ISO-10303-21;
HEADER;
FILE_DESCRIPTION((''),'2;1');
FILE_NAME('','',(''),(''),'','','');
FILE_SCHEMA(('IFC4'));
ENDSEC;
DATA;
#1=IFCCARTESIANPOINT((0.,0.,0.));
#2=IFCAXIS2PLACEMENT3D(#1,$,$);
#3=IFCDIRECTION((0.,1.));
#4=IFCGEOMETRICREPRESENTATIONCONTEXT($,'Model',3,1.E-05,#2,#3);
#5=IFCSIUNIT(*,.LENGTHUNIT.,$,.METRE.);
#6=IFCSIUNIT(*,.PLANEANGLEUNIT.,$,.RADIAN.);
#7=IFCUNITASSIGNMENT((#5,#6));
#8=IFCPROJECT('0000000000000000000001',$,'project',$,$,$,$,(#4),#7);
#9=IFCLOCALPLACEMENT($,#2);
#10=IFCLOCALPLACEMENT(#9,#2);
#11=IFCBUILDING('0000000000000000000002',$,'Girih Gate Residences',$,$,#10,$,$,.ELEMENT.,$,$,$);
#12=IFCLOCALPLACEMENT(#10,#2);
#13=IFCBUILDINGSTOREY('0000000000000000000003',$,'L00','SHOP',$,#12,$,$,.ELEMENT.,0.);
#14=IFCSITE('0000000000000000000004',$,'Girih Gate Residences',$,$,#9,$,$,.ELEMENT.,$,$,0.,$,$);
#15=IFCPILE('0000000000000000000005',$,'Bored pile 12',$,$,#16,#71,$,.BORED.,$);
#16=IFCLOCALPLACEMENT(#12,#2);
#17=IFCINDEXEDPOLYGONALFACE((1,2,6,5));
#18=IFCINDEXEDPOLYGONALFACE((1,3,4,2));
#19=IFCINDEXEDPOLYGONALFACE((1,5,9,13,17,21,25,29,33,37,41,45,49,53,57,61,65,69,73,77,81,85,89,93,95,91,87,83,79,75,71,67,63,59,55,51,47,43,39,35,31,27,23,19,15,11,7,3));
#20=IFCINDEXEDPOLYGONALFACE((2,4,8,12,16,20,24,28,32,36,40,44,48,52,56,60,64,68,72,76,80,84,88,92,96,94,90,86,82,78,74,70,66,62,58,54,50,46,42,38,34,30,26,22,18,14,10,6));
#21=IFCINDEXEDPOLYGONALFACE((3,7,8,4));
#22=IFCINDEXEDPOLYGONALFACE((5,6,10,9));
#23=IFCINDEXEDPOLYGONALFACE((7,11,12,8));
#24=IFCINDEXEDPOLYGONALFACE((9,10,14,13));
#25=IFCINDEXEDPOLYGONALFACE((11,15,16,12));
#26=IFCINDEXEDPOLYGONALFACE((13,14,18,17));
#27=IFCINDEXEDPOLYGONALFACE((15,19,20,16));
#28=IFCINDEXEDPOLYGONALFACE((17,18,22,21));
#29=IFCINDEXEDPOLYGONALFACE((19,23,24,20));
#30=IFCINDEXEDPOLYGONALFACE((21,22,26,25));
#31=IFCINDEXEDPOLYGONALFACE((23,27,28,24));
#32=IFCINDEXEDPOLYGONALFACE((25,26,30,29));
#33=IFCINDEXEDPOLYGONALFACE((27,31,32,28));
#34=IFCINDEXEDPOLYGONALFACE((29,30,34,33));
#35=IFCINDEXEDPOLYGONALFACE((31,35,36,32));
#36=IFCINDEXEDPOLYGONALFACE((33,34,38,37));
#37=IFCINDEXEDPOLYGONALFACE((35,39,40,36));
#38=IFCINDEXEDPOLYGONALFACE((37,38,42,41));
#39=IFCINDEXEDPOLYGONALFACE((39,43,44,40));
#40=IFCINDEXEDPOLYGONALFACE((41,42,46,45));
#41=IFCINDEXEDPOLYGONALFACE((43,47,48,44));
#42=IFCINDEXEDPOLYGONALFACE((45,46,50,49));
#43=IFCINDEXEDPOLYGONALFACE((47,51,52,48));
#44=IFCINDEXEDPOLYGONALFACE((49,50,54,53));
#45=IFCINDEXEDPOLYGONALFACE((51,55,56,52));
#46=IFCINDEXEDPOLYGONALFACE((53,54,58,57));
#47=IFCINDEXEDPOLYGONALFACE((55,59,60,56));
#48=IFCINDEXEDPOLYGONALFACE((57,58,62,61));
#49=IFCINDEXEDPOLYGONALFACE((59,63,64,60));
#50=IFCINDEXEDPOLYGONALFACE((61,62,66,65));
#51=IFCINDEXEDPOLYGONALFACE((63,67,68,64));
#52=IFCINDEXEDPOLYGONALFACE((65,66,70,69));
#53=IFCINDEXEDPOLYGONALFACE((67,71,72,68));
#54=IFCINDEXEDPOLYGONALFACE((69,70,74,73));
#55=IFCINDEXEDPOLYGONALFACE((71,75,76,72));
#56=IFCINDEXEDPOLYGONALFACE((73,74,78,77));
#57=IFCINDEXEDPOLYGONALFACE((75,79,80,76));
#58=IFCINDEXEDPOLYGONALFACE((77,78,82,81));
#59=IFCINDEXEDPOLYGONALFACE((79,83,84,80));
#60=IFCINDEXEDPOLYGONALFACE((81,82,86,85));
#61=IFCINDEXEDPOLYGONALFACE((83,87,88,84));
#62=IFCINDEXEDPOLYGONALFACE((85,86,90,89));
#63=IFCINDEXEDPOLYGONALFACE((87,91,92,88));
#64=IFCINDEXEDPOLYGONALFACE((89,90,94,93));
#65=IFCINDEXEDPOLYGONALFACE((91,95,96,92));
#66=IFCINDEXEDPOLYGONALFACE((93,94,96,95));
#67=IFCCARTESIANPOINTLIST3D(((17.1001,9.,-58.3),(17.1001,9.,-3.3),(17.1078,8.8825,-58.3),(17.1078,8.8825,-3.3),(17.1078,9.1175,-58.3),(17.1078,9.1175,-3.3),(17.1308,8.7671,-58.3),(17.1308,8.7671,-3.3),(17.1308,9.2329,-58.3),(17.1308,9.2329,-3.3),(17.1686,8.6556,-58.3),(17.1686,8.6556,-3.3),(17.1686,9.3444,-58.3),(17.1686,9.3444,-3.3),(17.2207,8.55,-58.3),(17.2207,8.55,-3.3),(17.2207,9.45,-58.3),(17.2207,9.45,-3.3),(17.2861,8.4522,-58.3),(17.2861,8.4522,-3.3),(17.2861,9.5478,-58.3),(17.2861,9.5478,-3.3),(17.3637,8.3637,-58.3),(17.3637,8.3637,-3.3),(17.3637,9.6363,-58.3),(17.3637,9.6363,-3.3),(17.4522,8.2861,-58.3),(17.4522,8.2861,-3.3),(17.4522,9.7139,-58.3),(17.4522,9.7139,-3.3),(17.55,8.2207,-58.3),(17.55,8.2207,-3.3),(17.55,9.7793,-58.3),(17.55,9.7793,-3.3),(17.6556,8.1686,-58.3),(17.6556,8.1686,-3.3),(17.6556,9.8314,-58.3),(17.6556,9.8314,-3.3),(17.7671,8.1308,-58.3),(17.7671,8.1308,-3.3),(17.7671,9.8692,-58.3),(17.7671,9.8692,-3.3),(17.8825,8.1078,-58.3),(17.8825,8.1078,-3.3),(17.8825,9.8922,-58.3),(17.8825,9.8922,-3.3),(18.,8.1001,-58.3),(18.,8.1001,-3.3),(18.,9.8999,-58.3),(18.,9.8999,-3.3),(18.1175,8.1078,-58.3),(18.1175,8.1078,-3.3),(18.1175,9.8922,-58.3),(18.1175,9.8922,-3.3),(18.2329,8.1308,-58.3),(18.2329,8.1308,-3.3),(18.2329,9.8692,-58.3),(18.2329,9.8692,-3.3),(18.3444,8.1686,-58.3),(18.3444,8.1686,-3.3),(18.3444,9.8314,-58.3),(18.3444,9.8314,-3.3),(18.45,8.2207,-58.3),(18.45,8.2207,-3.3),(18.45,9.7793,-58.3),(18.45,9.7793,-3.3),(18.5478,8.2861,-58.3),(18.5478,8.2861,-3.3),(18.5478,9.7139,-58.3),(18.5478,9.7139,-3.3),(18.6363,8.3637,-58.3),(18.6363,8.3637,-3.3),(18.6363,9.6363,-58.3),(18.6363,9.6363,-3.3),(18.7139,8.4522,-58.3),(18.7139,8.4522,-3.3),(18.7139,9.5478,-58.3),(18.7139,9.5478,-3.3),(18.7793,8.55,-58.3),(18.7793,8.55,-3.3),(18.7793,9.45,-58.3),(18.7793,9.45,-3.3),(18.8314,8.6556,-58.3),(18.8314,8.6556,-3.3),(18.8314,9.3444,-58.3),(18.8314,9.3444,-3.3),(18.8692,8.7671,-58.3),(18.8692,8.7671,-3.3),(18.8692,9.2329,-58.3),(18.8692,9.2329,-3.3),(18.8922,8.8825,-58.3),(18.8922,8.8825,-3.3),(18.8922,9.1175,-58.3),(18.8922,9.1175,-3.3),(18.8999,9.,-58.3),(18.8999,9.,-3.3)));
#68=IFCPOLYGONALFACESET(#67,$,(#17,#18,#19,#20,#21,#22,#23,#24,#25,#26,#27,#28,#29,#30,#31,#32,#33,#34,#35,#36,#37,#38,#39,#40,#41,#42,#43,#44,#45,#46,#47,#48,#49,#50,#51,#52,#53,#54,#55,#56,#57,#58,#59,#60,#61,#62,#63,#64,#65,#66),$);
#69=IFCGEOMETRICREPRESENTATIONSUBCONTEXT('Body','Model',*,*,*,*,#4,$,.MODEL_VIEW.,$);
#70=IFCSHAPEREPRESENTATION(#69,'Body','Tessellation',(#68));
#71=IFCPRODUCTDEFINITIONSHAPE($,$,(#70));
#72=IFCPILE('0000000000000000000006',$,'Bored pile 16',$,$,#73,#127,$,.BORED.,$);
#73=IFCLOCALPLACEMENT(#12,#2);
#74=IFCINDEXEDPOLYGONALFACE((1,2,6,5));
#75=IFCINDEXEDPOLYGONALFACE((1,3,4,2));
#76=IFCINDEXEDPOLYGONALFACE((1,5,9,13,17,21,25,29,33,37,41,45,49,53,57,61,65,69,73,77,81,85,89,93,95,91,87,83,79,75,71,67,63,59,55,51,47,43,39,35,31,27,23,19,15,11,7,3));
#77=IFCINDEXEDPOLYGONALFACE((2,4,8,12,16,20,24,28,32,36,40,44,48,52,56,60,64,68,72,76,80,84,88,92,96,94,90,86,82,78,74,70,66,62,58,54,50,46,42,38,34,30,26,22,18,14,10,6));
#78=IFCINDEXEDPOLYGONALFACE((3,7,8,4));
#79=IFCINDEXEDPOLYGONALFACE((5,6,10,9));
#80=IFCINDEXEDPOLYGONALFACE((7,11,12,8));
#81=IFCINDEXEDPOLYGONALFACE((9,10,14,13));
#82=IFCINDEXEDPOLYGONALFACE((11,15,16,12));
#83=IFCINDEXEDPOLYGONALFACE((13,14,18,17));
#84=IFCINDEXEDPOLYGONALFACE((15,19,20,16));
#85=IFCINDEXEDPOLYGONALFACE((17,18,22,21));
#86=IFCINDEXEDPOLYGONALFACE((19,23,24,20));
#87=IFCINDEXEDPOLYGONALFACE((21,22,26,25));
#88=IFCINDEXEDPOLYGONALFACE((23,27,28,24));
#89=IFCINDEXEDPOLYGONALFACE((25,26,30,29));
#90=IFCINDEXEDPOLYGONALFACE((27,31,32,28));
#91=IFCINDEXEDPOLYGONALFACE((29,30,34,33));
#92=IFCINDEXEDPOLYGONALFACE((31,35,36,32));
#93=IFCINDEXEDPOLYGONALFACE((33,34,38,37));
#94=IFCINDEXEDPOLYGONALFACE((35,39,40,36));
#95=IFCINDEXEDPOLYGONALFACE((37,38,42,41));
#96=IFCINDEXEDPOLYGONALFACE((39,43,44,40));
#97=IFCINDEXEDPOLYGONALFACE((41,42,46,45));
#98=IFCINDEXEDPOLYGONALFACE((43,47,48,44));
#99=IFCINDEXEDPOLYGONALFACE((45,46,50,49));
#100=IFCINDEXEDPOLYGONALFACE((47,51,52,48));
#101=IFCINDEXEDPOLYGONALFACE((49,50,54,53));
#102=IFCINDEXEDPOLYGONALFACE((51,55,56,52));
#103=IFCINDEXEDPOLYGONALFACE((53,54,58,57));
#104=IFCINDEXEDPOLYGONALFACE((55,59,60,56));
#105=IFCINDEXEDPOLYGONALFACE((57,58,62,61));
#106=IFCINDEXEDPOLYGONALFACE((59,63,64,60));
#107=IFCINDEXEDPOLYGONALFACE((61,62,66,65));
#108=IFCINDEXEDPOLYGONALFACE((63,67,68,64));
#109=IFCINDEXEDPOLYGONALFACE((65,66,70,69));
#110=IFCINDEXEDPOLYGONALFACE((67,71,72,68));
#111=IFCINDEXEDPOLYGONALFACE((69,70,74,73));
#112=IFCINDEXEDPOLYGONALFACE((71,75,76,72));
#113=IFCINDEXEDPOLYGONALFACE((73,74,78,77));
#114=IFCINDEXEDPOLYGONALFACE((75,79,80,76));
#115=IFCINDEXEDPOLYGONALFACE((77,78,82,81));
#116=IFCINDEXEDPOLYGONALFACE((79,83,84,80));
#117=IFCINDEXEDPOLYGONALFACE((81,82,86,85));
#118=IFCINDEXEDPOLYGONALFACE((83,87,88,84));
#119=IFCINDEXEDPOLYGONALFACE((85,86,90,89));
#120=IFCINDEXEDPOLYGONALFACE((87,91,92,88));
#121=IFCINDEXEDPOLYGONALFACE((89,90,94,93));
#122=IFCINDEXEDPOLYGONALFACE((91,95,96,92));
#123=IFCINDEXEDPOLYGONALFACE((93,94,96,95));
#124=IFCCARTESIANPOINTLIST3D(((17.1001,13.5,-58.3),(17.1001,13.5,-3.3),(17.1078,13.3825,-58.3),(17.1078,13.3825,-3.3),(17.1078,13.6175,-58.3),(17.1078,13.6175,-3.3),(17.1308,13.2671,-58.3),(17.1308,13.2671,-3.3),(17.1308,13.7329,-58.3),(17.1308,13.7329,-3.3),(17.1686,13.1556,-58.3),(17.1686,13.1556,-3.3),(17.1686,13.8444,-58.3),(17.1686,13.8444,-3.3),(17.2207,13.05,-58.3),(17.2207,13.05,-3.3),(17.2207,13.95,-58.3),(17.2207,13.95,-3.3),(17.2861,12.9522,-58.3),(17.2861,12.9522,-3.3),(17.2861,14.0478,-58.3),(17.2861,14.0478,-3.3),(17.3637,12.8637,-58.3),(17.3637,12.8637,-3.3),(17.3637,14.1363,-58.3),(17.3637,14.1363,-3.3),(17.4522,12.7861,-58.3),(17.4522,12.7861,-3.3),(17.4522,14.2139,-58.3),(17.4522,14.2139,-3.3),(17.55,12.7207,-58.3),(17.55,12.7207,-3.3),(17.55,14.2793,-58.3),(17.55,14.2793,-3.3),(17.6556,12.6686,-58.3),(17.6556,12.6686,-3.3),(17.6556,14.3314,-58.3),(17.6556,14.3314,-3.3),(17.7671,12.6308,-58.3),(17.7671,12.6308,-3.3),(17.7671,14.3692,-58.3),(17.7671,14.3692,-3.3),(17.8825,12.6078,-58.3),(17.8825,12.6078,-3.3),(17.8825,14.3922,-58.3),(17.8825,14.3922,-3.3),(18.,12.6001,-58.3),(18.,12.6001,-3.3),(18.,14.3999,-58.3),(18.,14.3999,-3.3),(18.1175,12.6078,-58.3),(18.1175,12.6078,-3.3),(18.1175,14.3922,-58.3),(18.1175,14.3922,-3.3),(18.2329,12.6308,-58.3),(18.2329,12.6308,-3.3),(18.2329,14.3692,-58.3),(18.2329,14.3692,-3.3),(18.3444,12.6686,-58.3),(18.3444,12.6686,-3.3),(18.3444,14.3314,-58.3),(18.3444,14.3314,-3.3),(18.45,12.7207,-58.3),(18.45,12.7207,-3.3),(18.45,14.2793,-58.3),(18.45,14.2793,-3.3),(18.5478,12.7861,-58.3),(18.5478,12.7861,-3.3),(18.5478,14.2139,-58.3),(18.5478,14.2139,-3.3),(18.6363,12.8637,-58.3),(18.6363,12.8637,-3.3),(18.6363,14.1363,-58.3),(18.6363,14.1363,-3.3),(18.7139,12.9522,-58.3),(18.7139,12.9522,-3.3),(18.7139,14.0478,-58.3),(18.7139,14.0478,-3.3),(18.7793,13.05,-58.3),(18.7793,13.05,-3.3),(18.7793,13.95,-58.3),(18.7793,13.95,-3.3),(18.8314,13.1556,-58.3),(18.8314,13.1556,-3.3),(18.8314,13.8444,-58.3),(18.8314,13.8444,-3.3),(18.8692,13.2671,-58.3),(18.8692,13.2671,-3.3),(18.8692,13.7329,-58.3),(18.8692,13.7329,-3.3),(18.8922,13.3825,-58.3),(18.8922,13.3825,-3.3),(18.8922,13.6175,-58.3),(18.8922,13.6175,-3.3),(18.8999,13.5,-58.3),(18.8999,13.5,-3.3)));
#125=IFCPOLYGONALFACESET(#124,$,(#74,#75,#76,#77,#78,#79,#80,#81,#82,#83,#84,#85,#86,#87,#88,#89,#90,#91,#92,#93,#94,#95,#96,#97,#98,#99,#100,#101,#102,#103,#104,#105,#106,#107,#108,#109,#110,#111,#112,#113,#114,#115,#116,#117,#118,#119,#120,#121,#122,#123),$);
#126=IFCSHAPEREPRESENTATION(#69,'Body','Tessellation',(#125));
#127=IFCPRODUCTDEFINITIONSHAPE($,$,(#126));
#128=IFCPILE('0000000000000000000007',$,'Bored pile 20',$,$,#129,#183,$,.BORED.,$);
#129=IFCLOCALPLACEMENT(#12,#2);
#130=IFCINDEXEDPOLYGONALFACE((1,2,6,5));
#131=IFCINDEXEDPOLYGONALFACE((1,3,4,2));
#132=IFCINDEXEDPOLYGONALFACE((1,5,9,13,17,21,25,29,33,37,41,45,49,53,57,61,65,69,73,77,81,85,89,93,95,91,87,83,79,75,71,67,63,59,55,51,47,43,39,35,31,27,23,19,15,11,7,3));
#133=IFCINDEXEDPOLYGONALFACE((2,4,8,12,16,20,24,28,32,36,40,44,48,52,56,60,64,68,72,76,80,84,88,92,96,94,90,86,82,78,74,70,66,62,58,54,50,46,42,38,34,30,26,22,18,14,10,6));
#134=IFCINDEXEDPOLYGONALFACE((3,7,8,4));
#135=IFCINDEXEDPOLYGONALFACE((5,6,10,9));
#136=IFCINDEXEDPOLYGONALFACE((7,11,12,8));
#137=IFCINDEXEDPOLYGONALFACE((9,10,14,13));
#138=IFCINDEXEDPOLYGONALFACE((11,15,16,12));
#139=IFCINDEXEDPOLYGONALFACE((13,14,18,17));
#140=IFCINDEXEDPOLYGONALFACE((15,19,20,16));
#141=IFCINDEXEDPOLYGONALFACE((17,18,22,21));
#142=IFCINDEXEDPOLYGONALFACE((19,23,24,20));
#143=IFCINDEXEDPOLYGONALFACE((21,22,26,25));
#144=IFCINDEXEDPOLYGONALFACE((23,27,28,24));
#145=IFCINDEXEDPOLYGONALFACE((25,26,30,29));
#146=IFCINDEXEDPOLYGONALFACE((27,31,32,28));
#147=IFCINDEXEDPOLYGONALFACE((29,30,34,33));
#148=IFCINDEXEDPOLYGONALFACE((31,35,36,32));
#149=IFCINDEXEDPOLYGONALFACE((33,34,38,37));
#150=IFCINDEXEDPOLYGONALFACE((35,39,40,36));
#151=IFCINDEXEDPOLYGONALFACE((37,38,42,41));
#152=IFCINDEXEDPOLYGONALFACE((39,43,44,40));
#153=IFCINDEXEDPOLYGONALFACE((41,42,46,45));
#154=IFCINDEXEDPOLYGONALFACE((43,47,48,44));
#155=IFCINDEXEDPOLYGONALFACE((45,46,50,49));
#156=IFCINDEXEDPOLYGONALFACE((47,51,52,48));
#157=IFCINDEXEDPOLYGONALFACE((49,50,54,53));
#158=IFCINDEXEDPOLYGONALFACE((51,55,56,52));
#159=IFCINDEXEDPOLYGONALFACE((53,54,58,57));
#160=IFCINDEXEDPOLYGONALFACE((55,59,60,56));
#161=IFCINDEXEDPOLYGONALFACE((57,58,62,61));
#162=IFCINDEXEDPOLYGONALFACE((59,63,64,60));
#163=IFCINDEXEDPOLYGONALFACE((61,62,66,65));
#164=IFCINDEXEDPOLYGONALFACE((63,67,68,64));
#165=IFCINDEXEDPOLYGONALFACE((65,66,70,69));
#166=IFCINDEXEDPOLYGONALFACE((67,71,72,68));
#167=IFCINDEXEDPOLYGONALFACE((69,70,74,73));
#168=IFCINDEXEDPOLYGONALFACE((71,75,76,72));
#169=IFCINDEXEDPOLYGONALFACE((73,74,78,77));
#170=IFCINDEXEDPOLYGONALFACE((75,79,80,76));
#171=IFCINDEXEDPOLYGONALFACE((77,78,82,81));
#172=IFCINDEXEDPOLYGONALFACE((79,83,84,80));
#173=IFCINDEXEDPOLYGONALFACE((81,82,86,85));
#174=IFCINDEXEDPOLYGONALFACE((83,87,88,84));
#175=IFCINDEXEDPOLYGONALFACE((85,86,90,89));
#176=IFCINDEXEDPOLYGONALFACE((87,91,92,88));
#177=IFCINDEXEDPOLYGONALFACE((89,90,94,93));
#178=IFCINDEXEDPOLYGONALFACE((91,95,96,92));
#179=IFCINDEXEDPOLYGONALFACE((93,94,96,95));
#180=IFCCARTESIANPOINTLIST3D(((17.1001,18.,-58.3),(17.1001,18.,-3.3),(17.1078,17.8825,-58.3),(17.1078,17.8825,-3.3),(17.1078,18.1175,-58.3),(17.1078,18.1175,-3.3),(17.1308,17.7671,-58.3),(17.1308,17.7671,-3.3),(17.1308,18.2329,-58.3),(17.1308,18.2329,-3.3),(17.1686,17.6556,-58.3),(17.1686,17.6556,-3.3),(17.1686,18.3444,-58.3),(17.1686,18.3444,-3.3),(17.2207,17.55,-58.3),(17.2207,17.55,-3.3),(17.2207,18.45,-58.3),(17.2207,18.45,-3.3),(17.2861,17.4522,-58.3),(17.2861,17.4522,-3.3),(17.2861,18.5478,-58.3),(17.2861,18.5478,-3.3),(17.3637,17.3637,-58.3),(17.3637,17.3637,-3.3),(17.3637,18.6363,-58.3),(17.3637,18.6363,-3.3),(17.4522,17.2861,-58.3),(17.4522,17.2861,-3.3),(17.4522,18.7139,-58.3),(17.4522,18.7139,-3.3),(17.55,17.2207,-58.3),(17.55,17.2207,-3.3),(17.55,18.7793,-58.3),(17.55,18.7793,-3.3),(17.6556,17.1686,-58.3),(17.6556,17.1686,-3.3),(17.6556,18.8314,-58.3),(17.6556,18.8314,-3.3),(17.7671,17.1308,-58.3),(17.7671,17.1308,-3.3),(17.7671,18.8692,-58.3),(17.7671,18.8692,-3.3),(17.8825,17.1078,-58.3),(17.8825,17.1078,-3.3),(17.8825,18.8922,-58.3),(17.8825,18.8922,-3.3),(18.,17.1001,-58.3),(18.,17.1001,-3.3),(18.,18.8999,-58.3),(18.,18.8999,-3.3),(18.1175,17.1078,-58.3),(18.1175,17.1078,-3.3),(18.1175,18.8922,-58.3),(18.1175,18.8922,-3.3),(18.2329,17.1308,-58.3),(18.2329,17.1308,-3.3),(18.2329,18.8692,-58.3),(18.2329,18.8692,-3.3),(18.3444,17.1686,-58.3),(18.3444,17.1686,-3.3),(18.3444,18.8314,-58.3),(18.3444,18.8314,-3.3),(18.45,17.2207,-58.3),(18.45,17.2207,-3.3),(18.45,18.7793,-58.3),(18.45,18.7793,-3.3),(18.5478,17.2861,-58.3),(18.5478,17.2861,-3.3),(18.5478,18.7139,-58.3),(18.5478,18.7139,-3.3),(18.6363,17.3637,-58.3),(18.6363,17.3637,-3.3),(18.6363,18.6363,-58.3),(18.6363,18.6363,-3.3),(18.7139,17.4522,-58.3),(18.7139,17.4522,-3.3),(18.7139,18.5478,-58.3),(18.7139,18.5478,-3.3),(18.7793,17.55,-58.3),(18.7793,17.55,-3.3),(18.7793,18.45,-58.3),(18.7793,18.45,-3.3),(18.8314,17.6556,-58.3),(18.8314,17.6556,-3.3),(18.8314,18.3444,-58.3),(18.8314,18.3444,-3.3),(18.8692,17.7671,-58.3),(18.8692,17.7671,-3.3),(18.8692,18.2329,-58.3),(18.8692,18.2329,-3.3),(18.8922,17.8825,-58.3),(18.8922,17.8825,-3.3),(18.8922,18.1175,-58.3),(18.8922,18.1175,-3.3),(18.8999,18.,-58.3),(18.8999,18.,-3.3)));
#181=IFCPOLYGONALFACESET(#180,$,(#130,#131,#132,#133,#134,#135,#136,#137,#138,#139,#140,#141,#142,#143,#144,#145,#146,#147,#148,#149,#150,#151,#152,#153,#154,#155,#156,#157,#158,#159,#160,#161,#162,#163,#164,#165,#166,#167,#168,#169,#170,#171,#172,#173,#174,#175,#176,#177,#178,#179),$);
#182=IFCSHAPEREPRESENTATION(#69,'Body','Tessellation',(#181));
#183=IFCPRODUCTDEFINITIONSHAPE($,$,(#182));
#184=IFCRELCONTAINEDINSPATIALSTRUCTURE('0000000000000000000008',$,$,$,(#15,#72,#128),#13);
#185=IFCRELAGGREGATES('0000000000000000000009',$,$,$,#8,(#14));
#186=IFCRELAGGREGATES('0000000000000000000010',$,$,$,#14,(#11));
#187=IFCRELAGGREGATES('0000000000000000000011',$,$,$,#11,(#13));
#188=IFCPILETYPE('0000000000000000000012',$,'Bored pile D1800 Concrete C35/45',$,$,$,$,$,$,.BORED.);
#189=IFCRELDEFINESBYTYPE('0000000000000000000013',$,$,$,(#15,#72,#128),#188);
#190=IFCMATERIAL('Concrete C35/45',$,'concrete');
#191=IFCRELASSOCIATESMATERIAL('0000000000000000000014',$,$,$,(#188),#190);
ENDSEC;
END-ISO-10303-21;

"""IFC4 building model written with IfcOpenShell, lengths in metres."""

from ifc_helpers import new_model, si_unit, direction, frame, origin, origin_2d, place, context, subcontext, project, spatial, circle, extrude, material, material_profile, profile_set, type_object, element, save


model = new_model("IFC4")

# Units and contexts
model_context = context("Model", 3, precision=1e-05, world=origin(), true_north=direction((0.0, 1.0)))
body_context = subcontext(model_context, "Body", "Model", "MODEL_VIEW")
ifc_project = project(units=[si_unit("LENGTHUNIT", "METRE"), si_unit("PLANEANGLEUNIT", "RADIAN")], contexts=[model_context])

# Site, building, storey
site_placement = place(None, origin())
site = spatial("IfcSite", under=ifc_project, at=site_placement, Name="Girih Gate Residences", CompositionType="ELEMENT", RefElevation=0.0)
building_placement = place(site_placement, origin())
building = spatial("IfcBuilding", under=site, at=building_placement, Name="Girih Gate Residences", CompositionType="ELEMENT")
storey_placement = place(building_placement, origin())
storey = spatial("IfcBuildingStorey", under=building, at=storey_placement, Name="L00", Description="SHOP", CompositionType="ELEMENT", Elevation=0.0)

# Piles
ifc_material_1 = material(Name="Concrete C35/45", Category="concrete")
ifc_material_profile_1 = material_profile(ifc_material_1, circle(Radius=0.8999, at=origin_2d()))
ifc_profile_set_1 = profile_set([ifc_material_profile_1], Name="Concrete C35/45")
pile_type = type_object("IfcPileType", Name="Bored pile D1800 Concrete C35/45", PredefinedType="BORED", material=ifc_profile_set_1)
for number, where, z_axis, x_axis, name in (
    (1, (18.0, 9.0, -3.3), (0.0, 0.0, -1.0), (1.0, 0.0, 0.0), "Bored pile 12"),
    (2, (18.0, 13.5, -3.3), (0.0, 0.0, -1.0), (1.0, 0.0, 0.0), "Bored pile 16"),
    (3, (18.0, 18.0, -3.3), (0.0, 0.0, -1.0), (1.0, 0.0, 0.0), "Bored pile 20"),
):
    element("IfcPile", number, at=place(storey_placement, frame(where, z_axis=z_axis, x_axis=x_axis)), inside=storey, type_object=pile_type, Name=name, PredefinedType="BORED", context=body_context, shape_type="SweptSolid", body=[
        extrude(circle(Radius=0.8999, at=origin_2d()), origin(), (0.0, 0.0, 1.0), 55.0),
    ])

save(model, "model.ifc")
